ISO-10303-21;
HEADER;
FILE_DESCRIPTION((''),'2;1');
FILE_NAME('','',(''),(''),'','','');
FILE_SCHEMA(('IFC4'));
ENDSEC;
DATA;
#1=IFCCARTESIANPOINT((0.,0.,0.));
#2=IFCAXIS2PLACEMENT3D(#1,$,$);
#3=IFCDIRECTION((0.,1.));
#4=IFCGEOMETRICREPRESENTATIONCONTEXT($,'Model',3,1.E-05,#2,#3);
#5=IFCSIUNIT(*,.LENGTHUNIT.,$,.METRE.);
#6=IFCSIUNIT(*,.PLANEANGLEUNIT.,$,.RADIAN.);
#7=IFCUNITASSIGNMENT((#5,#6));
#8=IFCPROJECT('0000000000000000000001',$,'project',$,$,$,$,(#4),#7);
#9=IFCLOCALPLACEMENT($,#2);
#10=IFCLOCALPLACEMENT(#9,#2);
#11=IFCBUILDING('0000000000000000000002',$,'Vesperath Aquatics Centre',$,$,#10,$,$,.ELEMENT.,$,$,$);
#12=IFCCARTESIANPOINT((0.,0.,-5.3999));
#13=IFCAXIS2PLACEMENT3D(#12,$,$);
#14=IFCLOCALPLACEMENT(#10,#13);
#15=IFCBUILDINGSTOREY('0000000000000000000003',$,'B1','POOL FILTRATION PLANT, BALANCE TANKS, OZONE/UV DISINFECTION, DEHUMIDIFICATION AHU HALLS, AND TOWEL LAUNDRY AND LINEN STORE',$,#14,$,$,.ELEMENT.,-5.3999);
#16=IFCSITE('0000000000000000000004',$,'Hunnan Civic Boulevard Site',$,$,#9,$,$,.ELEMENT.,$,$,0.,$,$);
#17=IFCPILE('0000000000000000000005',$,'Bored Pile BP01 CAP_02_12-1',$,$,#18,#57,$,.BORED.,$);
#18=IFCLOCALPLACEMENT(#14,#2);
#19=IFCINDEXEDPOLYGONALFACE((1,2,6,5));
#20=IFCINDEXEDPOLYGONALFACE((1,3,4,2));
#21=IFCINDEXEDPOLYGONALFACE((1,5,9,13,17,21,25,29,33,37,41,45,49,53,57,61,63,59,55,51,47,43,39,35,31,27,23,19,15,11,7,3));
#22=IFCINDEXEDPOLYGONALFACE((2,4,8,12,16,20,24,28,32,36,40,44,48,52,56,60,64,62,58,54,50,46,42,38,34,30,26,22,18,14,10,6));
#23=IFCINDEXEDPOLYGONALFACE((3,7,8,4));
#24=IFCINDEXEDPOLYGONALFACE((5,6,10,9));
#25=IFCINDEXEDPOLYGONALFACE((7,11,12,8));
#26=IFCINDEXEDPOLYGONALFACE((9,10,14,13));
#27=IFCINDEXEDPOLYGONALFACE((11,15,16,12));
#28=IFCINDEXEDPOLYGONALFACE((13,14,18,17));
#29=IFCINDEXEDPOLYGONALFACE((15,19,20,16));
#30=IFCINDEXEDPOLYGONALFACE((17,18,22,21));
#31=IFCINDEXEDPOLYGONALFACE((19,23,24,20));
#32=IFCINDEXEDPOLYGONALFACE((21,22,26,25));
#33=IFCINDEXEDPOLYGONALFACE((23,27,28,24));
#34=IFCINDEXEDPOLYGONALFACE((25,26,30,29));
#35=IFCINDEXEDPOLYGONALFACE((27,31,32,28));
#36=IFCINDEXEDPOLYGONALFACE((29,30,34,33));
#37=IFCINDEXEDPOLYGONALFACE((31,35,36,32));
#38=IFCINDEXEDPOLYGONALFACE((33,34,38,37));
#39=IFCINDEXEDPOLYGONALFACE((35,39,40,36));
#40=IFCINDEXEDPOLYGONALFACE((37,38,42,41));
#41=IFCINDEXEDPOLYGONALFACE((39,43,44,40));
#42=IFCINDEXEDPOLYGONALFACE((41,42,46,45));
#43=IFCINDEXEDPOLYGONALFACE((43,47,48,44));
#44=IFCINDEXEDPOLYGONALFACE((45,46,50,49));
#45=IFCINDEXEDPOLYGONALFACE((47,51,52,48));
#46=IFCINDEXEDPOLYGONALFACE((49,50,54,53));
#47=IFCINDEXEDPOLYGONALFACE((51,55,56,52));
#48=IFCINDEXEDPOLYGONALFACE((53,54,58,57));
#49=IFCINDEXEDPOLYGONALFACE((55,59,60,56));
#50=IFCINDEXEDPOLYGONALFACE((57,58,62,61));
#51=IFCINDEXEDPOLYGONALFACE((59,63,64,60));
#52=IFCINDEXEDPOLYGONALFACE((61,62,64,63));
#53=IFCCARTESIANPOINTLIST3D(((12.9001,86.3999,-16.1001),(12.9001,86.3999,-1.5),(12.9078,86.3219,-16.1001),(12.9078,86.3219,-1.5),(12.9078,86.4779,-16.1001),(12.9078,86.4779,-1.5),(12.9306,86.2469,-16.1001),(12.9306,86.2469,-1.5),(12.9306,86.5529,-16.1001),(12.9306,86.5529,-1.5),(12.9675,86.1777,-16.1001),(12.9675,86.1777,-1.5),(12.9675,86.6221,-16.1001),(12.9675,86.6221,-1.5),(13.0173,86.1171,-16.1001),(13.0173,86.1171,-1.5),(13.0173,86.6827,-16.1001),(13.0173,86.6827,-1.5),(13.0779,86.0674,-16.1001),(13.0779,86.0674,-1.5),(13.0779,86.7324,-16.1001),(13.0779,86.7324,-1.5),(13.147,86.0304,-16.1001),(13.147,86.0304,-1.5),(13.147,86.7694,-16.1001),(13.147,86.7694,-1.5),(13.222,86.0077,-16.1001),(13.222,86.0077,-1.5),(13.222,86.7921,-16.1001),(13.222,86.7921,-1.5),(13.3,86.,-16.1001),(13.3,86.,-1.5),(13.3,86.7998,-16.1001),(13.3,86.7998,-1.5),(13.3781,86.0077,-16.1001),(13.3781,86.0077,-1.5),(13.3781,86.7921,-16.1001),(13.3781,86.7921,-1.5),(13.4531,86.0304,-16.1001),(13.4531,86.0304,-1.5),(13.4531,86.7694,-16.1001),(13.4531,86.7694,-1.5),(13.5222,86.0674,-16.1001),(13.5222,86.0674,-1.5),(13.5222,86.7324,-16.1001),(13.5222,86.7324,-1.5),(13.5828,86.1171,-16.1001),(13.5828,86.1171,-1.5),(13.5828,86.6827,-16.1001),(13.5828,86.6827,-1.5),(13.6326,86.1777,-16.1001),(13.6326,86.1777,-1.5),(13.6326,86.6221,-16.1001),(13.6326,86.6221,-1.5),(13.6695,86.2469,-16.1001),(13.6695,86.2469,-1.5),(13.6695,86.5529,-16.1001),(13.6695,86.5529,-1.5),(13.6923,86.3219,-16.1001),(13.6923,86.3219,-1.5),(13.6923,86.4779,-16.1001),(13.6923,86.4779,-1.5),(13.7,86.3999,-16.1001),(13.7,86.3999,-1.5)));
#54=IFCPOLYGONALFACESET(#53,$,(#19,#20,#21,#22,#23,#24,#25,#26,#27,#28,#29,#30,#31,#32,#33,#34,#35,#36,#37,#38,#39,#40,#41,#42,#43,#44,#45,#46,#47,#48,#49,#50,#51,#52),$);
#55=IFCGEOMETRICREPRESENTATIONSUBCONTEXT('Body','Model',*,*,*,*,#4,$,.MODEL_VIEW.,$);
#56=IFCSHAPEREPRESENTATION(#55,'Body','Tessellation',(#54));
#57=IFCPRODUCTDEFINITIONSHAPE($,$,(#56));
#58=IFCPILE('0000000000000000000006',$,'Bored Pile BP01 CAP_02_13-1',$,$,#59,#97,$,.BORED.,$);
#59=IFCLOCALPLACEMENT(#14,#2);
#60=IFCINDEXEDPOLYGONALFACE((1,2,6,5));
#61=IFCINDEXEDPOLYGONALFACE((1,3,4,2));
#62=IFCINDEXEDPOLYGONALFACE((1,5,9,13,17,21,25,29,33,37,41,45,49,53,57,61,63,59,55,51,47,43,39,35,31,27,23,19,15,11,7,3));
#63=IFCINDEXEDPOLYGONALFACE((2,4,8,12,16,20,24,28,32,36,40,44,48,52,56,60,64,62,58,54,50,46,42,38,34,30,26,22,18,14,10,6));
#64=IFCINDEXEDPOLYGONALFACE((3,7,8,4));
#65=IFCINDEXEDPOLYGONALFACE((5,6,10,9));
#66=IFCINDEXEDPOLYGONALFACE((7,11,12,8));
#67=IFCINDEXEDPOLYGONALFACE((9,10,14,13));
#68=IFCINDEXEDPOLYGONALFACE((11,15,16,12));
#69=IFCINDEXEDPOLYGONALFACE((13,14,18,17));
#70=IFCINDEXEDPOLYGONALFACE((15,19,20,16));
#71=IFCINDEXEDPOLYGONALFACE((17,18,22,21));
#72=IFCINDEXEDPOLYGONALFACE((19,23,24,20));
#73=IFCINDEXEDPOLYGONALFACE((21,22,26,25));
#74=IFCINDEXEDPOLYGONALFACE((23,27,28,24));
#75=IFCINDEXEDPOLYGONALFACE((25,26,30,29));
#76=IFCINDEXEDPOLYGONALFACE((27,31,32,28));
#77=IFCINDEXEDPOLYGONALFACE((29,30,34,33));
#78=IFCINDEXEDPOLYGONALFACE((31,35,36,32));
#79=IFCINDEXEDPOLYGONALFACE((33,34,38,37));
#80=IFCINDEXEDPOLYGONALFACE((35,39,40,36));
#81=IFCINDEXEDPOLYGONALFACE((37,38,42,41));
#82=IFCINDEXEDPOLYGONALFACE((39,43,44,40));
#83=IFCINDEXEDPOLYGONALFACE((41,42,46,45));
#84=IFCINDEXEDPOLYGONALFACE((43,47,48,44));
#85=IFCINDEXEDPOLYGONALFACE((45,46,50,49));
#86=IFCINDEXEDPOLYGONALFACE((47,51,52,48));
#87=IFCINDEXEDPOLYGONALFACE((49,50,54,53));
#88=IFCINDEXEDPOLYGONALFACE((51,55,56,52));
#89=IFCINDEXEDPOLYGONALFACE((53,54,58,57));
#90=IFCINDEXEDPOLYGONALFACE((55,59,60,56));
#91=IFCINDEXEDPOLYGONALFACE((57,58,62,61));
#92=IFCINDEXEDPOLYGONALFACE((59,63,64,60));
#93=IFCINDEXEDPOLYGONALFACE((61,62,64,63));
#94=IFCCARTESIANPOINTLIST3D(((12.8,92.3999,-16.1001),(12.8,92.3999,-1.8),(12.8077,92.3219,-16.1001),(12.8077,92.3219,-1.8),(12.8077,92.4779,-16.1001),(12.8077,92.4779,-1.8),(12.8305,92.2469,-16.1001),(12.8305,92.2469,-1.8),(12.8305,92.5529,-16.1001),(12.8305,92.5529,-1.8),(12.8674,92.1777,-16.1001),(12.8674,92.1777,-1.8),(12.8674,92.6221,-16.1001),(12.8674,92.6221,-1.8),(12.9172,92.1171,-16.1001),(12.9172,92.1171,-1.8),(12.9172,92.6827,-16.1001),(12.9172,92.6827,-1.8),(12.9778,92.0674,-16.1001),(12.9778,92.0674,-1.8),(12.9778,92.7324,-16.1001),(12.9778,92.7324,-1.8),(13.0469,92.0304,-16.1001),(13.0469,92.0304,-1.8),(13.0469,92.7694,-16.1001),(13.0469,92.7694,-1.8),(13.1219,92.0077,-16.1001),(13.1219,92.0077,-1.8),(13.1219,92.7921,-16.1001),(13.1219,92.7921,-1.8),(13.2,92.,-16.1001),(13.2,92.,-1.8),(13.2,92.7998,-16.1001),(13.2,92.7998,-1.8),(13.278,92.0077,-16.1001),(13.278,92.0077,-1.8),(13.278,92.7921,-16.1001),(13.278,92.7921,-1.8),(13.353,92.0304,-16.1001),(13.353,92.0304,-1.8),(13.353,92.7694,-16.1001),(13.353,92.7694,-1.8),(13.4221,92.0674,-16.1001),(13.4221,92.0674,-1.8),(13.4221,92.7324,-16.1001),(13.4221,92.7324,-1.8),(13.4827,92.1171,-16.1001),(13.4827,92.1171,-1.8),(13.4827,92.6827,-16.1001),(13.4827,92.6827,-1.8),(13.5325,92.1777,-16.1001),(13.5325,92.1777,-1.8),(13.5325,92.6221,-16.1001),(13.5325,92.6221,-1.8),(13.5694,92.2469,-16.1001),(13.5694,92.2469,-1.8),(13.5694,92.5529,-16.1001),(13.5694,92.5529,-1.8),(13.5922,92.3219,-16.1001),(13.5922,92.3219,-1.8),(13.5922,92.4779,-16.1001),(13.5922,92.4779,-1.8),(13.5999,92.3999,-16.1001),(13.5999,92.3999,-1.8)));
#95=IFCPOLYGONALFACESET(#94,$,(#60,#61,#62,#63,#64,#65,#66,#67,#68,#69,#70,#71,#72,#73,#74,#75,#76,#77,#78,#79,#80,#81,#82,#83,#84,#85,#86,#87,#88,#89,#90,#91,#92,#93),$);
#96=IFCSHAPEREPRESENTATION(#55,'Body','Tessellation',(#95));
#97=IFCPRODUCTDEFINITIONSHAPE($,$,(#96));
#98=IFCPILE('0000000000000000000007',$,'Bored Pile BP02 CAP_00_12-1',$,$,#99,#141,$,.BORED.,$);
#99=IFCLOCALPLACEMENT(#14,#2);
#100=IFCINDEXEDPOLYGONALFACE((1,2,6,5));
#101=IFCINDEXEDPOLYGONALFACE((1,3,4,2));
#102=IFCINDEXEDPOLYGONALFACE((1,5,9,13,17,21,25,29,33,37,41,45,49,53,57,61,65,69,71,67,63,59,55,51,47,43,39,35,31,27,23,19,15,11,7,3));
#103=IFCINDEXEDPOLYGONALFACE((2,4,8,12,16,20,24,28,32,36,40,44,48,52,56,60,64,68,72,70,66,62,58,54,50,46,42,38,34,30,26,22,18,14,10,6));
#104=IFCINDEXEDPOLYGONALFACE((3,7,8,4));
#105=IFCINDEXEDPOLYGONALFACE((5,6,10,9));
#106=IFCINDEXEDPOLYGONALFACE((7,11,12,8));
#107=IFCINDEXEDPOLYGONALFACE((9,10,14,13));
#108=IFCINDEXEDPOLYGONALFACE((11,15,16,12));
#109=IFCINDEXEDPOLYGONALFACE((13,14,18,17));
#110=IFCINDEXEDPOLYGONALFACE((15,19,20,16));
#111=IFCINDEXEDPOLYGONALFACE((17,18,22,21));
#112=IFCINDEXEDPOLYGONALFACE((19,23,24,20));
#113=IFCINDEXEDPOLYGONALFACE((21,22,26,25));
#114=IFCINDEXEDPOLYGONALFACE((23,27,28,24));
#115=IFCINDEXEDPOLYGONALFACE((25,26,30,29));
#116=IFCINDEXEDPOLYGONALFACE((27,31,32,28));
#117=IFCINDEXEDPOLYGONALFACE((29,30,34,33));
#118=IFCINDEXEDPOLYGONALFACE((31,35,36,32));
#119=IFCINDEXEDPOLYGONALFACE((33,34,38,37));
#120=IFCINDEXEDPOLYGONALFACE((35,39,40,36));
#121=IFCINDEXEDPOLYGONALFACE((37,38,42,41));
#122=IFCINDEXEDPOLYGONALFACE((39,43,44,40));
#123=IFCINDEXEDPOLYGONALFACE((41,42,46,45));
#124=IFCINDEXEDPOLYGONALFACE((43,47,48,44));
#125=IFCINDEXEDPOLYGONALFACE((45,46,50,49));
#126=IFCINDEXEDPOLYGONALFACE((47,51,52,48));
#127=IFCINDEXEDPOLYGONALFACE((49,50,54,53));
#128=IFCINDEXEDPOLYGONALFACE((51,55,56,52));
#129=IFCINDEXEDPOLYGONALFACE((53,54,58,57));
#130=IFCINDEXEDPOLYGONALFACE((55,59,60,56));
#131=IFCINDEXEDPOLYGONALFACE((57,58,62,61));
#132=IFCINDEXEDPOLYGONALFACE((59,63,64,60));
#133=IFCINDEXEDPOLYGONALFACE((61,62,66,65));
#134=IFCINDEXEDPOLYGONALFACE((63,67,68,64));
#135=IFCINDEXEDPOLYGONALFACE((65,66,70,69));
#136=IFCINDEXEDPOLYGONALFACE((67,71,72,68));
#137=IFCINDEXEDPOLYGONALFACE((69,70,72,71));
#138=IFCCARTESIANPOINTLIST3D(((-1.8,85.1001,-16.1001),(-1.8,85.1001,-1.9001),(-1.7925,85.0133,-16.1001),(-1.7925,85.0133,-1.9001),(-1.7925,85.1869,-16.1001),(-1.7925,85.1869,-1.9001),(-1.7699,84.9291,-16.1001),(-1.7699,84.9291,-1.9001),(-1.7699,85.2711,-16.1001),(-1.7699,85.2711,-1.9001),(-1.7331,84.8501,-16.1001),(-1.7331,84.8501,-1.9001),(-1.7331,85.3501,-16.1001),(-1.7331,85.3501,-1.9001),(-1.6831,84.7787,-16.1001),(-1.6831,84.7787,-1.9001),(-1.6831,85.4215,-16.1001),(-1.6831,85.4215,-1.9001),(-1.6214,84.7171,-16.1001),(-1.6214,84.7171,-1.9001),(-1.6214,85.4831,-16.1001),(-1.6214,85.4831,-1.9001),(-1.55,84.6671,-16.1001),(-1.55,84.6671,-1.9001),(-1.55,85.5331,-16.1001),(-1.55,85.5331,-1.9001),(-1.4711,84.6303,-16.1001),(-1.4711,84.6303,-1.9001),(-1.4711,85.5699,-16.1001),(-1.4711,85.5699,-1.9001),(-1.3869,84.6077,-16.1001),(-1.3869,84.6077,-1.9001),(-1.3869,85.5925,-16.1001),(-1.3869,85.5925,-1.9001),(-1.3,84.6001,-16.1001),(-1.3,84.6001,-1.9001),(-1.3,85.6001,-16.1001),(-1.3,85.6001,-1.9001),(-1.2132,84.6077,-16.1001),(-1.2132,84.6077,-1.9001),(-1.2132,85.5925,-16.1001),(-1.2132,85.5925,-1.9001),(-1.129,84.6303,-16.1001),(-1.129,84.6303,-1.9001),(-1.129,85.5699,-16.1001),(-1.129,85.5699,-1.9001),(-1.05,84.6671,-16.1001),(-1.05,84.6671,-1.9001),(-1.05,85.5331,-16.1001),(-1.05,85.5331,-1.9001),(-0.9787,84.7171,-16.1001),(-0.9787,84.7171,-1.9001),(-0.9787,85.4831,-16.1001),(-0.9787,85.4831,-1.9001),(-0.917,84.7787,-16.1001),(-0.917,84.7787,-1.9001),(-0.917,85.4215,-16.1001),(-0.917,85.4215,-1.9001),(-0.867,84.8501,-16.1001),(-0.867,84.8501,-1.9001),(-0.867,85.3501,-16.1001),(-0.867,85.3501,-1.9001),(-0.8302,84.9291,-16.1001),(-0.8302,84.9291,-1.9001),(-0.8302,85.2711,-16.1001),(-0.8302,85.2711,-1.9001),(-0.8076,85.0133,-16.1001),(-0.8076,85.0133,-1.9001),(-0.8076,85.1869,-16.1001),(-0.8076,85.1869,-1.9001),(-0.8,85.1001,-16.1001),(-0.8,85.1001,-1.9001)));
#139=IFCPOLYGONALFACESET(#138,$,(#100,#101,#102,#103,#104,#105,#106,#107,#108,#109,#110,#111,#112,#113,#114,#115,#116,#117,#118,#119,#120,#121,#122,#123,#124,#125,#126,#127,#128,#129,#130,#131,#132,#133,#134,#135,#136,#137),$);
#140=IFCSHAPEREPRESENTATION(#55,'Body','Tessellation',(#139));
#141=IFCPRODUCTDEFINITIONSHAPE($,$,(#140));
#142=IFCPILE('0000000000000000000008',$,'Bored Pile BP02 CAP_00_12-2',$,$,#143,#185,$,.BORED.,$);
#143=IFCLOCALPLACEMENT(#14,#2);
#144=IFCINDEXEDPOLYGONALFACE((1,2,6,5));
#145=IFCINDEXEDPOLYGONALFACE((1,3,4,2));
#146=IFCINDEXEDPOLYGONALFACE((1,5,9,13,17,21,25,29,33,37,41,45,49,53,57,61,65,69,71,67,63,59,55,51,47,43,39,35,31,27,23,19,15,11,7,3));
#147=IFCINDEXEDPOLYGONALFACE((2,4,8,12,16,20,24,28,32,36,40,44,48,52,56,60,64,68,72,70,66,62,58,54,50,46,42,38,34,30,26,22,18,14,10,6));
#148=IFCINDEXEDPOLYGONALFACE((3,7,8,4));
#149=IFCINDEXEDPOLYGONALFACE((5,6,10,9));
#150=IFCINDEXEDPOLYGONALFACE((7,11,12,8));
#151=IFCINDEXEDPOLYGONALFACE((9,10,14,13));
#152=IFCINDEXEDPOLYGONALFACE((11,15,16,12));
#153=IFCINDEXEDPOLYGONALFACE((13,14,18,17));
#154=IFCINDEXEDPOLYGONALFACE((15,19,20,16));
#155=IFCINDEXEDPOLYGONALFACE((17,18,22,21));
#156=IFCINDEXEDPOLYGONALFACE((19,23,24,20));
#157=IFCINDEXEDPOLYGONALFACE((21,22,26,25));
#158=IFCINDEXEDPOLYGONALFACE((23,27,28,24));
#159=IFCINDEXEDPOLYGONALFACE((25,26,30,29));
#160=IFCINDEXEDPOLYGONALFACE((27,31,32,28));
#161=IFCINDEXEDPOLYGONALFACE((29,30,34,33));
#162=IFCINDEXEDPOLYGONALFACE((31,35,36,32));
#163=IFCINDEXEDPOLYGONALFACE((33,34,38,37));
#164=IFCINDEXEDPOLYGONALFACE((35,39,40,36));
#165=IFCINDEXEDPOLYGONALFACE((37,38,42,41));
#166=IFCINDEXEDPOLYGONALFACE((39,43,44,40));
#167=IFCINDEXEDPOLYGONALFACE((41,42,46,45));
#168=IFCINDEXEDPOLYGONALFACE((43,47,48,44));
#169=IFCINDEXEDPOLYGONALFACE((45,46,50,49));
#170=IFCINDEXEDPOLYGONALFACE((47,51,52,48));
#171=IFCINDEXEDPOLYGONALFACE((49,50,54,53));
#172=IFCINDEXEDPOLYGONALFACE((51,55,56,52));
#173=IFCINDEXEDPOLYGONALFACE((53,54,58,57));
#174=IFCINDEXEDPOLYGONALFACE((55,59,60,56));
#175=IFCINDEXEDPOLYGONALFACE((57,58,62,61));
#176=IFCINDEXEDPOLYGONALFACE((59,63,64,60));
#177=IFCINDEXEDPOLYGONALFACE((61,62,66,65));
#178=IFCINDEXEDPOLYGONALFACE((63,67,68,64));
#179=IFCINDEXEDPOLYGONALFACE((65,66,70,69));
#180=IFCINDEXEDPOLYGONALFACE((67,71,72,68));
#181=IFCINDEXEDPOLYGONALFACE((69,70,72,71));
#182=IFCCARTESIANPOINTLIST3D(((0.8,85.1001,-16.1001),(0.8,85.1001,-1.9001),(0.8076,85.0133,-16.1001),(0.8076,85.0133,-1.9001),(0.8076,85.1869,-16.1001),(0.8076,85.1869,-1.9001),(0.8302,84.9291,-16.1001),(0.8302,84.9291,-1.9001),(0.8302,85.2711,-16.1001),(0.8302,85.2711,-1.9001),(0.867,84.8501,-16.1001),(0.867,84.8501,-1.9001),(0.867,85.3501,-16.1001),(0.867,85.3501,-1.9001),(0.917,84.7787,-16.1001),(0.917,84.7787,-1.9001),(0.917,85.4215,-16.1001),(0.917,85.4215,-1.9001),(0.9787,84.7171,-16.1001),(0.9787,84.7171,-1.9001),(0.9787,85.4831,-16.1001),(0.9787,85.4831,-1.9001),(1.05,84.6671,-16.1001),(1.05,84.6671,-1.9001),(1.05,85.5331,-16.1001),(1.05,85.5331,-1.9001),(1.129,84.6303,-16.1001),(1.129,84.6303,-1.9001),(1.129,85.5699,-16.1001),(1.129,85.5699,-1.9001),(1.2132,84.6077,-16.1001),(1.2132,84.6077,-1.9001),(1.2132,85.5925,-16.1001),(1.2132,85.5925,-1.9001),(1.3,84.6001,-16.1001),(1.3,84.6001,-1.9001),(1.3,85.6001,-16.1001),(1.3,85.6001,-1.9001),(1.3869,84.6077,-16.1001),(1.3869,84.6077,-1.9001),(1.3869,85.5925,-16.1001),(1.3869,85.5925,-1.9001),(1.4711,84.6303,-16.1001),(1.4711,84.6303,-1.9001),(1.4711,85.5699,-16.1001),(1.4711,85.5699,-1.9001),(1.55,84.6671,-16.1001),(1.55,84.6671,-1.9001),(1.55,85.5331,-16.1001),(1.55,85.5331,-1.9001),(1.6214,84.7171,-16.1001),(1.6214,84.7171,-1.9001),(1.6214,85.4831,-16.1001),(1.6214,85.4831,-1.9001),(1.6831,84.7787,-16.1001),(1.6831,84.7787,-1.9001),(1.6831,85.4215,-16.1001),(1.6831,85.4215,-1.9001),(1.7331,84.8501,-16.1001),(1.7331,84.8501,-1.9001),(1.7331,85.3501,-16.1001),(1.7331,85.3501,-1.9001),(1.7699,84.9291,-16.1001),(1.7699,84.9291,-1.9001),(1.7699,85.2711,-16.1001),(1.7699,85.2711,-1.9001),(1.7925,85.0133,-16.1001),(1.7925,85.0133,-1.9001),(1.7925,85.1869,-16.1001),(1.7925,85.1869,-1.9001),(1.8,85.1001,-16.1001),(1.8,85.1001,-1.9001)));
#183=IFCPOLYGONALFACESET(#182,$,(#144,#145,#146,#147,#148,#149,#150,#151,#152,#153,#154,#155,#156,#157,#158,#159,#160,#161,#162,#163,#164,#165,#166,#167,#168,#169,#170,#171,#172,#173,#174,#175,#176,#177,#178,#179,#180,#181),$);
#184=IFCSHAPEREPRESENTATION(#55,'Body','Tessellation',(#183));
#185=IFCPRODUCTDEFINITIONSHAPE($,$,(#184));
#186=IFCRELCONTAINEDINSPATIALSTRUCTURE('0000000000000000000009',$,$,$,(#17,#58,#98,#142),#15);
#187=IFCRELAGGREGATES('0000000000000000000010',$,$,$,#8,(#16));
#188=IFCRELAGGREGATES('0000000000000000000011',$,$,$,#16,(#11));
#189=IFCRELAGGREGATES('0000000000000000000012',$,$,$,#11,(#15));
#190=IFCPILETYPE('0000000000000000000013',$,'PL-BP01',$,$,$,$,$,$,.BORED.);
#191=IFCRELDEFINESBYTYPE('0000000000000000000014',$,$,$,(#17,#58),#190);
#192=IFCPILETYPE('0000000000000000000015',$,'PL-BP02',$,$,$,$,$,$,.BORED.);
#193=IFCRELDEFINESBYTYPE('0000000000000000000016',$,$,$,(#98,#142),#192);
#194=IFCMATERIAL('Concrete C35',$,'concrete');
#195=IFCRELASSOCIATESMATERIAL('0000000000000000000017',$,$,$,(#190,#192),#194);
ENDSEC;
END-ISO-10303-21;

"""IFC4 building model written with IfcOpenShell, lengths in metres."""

from ifc_helpers import new_model, si_unit, direction, frame, origin, origin_2d, place, context, subcontext, project, spatial, circle, extrude, material, material_profile, profile_set, type_object, element, save


model = new_model("IFC4")

# Units and contexts
model_context = context("Model", 3, precision=1e-05, world=origin(), true_north=direction((0.0, 1.0)))
body_context = subcontext(model_context, "Body", "Model", "MODEL_VIEW")
ifc_project = project(units=[si_unit("LENGTHUNIT", "METRE"), si_unit("PLANEANGLEUNIT", "RADIAN")], contexts=[model_context])

# Site, building, storey
site_placement = place(None, origin())
site = spatial("IfcSite", under=ifc_project, at=site_placement, Name="Hunnan Civic Boulevard Site", CompositionType="ELEMENT", RefElevation=0.0)
building_placement = place(site_placement, origin())
building = spatial("IfcBuilding", under=site, at=building_placement, Name="Vesperath Aquatics Centre", CompositionType="ELEMENT")
storey_placement = place(building_placement, frame((0.0, 0.0, -5.3999)))
storey = spatial("IfcBuildingStorey", under=building, at=storey_placement, Name="B1", Description="POOL FILTRATION PLANT, BALANCE TANKS, OZONE/UV DISINFECTION, DEHUMIDIFICATION AHU HALLS, AND TOWEL LAUNDRY AND LINEN STORE", CompositionType="ELEMENT", Elevation=-5.3999)

# Piles
ifc_material_1 = material(Name="Concrete C35", Category="concrete")
ifc_material_profile_1 = material_profile(ifc_material_1, circle(Radius=0.3999, at=origin_2d()), Name="PILE D800")
ifc_profile_set_1 = profile_set([ifc_material_profile_1], Name="Concrete C35")
pile_type_1 = type_object("IfcPileType", Name="PL-BP01", PredefinedType="BORED", material=ifc_profile_set_1)
for number, where, z_axis, x_axis, name in (
    (1, (13.3, 86.3999, -1.5), (0.0, 0.0, -1.0), (1.0, 0.0, 0.0), "Bored Pile BP01 CAP_02_12-1"),
):
    element("IfcPile", number, at=place(storey_placement, frame(where, z_axis=z_axis, x_axis=x_axis)), inside=storey, type_object=pile_type_1, Name=name, PredefinedType="BORED", context=body_context, shape_type="SweptSolid", body=[
        extrude(circle(Radius=0.3999, at=origin_2d()), origin(), (0.0, 0.0, 1.0), 14.6001),
    ])
pile_placement = place(storey_placement, frame((13.2, 92.3999, -1.8), z_axis=(0.0, 0.0, -1.0), x_axis=(1.0, 0.0, 0.0)))
element("IfcPile", 2, at=pile_placement, inside=storey, type_object=pile_type_1, Name="Bored Pile BP01 CAP_02_13-1", PredefinedType="BORED", context=body_context, shape_type="SweptSolid", body=[
    extrude(circle(Radius=0.3999, at=origin_2d()), origin(), (0.0, 0.0, 1.0), 14.3),
])
ifc_material_profile_2 = material_profile(ifc_material_1, circle(Radius=0.5, at=origin_2d()), Name="PILE D1000")
ifc_profile_set_2 = profile_set([ifc_material_profile_2], Name="Concrete C35")
pile_type_2 = type_object("IfcPileType", Name="PL-BP02", PredefinedType="BORED", material=ifc_profile_set_2)
for number, where, z_axis, x_axis, name in (
    (3, (-1.3, 85.1001, -1.9001), (0.0, 0.0, -1.0), (1.0, 0.0, 0.0), "Bored Pile BP02 CAP_00_12-1"),
    (4, (1.3, 85.1001, -1.9001), (0.0, 0.0, -1.0), (1.0, 0.0, 0.0), "Bored Pile BP02 CAP_00_12-2"),
):
    element("IfcPile", number, at=place(storey_placement, frame(where, z_axis=z_axis, x_axis=x_axis)), inside=storey, type_object=pile_type_2, Name=name, PredefinedType="BORED", context=body_context, shape_type="SweptSolid", body=[
        extrude(circle(Radius=0.5, at=origin_2d()), origin(), (0.0, 0.0, 1.0), 14.2),
    ])

save(model, "model.ifc")
